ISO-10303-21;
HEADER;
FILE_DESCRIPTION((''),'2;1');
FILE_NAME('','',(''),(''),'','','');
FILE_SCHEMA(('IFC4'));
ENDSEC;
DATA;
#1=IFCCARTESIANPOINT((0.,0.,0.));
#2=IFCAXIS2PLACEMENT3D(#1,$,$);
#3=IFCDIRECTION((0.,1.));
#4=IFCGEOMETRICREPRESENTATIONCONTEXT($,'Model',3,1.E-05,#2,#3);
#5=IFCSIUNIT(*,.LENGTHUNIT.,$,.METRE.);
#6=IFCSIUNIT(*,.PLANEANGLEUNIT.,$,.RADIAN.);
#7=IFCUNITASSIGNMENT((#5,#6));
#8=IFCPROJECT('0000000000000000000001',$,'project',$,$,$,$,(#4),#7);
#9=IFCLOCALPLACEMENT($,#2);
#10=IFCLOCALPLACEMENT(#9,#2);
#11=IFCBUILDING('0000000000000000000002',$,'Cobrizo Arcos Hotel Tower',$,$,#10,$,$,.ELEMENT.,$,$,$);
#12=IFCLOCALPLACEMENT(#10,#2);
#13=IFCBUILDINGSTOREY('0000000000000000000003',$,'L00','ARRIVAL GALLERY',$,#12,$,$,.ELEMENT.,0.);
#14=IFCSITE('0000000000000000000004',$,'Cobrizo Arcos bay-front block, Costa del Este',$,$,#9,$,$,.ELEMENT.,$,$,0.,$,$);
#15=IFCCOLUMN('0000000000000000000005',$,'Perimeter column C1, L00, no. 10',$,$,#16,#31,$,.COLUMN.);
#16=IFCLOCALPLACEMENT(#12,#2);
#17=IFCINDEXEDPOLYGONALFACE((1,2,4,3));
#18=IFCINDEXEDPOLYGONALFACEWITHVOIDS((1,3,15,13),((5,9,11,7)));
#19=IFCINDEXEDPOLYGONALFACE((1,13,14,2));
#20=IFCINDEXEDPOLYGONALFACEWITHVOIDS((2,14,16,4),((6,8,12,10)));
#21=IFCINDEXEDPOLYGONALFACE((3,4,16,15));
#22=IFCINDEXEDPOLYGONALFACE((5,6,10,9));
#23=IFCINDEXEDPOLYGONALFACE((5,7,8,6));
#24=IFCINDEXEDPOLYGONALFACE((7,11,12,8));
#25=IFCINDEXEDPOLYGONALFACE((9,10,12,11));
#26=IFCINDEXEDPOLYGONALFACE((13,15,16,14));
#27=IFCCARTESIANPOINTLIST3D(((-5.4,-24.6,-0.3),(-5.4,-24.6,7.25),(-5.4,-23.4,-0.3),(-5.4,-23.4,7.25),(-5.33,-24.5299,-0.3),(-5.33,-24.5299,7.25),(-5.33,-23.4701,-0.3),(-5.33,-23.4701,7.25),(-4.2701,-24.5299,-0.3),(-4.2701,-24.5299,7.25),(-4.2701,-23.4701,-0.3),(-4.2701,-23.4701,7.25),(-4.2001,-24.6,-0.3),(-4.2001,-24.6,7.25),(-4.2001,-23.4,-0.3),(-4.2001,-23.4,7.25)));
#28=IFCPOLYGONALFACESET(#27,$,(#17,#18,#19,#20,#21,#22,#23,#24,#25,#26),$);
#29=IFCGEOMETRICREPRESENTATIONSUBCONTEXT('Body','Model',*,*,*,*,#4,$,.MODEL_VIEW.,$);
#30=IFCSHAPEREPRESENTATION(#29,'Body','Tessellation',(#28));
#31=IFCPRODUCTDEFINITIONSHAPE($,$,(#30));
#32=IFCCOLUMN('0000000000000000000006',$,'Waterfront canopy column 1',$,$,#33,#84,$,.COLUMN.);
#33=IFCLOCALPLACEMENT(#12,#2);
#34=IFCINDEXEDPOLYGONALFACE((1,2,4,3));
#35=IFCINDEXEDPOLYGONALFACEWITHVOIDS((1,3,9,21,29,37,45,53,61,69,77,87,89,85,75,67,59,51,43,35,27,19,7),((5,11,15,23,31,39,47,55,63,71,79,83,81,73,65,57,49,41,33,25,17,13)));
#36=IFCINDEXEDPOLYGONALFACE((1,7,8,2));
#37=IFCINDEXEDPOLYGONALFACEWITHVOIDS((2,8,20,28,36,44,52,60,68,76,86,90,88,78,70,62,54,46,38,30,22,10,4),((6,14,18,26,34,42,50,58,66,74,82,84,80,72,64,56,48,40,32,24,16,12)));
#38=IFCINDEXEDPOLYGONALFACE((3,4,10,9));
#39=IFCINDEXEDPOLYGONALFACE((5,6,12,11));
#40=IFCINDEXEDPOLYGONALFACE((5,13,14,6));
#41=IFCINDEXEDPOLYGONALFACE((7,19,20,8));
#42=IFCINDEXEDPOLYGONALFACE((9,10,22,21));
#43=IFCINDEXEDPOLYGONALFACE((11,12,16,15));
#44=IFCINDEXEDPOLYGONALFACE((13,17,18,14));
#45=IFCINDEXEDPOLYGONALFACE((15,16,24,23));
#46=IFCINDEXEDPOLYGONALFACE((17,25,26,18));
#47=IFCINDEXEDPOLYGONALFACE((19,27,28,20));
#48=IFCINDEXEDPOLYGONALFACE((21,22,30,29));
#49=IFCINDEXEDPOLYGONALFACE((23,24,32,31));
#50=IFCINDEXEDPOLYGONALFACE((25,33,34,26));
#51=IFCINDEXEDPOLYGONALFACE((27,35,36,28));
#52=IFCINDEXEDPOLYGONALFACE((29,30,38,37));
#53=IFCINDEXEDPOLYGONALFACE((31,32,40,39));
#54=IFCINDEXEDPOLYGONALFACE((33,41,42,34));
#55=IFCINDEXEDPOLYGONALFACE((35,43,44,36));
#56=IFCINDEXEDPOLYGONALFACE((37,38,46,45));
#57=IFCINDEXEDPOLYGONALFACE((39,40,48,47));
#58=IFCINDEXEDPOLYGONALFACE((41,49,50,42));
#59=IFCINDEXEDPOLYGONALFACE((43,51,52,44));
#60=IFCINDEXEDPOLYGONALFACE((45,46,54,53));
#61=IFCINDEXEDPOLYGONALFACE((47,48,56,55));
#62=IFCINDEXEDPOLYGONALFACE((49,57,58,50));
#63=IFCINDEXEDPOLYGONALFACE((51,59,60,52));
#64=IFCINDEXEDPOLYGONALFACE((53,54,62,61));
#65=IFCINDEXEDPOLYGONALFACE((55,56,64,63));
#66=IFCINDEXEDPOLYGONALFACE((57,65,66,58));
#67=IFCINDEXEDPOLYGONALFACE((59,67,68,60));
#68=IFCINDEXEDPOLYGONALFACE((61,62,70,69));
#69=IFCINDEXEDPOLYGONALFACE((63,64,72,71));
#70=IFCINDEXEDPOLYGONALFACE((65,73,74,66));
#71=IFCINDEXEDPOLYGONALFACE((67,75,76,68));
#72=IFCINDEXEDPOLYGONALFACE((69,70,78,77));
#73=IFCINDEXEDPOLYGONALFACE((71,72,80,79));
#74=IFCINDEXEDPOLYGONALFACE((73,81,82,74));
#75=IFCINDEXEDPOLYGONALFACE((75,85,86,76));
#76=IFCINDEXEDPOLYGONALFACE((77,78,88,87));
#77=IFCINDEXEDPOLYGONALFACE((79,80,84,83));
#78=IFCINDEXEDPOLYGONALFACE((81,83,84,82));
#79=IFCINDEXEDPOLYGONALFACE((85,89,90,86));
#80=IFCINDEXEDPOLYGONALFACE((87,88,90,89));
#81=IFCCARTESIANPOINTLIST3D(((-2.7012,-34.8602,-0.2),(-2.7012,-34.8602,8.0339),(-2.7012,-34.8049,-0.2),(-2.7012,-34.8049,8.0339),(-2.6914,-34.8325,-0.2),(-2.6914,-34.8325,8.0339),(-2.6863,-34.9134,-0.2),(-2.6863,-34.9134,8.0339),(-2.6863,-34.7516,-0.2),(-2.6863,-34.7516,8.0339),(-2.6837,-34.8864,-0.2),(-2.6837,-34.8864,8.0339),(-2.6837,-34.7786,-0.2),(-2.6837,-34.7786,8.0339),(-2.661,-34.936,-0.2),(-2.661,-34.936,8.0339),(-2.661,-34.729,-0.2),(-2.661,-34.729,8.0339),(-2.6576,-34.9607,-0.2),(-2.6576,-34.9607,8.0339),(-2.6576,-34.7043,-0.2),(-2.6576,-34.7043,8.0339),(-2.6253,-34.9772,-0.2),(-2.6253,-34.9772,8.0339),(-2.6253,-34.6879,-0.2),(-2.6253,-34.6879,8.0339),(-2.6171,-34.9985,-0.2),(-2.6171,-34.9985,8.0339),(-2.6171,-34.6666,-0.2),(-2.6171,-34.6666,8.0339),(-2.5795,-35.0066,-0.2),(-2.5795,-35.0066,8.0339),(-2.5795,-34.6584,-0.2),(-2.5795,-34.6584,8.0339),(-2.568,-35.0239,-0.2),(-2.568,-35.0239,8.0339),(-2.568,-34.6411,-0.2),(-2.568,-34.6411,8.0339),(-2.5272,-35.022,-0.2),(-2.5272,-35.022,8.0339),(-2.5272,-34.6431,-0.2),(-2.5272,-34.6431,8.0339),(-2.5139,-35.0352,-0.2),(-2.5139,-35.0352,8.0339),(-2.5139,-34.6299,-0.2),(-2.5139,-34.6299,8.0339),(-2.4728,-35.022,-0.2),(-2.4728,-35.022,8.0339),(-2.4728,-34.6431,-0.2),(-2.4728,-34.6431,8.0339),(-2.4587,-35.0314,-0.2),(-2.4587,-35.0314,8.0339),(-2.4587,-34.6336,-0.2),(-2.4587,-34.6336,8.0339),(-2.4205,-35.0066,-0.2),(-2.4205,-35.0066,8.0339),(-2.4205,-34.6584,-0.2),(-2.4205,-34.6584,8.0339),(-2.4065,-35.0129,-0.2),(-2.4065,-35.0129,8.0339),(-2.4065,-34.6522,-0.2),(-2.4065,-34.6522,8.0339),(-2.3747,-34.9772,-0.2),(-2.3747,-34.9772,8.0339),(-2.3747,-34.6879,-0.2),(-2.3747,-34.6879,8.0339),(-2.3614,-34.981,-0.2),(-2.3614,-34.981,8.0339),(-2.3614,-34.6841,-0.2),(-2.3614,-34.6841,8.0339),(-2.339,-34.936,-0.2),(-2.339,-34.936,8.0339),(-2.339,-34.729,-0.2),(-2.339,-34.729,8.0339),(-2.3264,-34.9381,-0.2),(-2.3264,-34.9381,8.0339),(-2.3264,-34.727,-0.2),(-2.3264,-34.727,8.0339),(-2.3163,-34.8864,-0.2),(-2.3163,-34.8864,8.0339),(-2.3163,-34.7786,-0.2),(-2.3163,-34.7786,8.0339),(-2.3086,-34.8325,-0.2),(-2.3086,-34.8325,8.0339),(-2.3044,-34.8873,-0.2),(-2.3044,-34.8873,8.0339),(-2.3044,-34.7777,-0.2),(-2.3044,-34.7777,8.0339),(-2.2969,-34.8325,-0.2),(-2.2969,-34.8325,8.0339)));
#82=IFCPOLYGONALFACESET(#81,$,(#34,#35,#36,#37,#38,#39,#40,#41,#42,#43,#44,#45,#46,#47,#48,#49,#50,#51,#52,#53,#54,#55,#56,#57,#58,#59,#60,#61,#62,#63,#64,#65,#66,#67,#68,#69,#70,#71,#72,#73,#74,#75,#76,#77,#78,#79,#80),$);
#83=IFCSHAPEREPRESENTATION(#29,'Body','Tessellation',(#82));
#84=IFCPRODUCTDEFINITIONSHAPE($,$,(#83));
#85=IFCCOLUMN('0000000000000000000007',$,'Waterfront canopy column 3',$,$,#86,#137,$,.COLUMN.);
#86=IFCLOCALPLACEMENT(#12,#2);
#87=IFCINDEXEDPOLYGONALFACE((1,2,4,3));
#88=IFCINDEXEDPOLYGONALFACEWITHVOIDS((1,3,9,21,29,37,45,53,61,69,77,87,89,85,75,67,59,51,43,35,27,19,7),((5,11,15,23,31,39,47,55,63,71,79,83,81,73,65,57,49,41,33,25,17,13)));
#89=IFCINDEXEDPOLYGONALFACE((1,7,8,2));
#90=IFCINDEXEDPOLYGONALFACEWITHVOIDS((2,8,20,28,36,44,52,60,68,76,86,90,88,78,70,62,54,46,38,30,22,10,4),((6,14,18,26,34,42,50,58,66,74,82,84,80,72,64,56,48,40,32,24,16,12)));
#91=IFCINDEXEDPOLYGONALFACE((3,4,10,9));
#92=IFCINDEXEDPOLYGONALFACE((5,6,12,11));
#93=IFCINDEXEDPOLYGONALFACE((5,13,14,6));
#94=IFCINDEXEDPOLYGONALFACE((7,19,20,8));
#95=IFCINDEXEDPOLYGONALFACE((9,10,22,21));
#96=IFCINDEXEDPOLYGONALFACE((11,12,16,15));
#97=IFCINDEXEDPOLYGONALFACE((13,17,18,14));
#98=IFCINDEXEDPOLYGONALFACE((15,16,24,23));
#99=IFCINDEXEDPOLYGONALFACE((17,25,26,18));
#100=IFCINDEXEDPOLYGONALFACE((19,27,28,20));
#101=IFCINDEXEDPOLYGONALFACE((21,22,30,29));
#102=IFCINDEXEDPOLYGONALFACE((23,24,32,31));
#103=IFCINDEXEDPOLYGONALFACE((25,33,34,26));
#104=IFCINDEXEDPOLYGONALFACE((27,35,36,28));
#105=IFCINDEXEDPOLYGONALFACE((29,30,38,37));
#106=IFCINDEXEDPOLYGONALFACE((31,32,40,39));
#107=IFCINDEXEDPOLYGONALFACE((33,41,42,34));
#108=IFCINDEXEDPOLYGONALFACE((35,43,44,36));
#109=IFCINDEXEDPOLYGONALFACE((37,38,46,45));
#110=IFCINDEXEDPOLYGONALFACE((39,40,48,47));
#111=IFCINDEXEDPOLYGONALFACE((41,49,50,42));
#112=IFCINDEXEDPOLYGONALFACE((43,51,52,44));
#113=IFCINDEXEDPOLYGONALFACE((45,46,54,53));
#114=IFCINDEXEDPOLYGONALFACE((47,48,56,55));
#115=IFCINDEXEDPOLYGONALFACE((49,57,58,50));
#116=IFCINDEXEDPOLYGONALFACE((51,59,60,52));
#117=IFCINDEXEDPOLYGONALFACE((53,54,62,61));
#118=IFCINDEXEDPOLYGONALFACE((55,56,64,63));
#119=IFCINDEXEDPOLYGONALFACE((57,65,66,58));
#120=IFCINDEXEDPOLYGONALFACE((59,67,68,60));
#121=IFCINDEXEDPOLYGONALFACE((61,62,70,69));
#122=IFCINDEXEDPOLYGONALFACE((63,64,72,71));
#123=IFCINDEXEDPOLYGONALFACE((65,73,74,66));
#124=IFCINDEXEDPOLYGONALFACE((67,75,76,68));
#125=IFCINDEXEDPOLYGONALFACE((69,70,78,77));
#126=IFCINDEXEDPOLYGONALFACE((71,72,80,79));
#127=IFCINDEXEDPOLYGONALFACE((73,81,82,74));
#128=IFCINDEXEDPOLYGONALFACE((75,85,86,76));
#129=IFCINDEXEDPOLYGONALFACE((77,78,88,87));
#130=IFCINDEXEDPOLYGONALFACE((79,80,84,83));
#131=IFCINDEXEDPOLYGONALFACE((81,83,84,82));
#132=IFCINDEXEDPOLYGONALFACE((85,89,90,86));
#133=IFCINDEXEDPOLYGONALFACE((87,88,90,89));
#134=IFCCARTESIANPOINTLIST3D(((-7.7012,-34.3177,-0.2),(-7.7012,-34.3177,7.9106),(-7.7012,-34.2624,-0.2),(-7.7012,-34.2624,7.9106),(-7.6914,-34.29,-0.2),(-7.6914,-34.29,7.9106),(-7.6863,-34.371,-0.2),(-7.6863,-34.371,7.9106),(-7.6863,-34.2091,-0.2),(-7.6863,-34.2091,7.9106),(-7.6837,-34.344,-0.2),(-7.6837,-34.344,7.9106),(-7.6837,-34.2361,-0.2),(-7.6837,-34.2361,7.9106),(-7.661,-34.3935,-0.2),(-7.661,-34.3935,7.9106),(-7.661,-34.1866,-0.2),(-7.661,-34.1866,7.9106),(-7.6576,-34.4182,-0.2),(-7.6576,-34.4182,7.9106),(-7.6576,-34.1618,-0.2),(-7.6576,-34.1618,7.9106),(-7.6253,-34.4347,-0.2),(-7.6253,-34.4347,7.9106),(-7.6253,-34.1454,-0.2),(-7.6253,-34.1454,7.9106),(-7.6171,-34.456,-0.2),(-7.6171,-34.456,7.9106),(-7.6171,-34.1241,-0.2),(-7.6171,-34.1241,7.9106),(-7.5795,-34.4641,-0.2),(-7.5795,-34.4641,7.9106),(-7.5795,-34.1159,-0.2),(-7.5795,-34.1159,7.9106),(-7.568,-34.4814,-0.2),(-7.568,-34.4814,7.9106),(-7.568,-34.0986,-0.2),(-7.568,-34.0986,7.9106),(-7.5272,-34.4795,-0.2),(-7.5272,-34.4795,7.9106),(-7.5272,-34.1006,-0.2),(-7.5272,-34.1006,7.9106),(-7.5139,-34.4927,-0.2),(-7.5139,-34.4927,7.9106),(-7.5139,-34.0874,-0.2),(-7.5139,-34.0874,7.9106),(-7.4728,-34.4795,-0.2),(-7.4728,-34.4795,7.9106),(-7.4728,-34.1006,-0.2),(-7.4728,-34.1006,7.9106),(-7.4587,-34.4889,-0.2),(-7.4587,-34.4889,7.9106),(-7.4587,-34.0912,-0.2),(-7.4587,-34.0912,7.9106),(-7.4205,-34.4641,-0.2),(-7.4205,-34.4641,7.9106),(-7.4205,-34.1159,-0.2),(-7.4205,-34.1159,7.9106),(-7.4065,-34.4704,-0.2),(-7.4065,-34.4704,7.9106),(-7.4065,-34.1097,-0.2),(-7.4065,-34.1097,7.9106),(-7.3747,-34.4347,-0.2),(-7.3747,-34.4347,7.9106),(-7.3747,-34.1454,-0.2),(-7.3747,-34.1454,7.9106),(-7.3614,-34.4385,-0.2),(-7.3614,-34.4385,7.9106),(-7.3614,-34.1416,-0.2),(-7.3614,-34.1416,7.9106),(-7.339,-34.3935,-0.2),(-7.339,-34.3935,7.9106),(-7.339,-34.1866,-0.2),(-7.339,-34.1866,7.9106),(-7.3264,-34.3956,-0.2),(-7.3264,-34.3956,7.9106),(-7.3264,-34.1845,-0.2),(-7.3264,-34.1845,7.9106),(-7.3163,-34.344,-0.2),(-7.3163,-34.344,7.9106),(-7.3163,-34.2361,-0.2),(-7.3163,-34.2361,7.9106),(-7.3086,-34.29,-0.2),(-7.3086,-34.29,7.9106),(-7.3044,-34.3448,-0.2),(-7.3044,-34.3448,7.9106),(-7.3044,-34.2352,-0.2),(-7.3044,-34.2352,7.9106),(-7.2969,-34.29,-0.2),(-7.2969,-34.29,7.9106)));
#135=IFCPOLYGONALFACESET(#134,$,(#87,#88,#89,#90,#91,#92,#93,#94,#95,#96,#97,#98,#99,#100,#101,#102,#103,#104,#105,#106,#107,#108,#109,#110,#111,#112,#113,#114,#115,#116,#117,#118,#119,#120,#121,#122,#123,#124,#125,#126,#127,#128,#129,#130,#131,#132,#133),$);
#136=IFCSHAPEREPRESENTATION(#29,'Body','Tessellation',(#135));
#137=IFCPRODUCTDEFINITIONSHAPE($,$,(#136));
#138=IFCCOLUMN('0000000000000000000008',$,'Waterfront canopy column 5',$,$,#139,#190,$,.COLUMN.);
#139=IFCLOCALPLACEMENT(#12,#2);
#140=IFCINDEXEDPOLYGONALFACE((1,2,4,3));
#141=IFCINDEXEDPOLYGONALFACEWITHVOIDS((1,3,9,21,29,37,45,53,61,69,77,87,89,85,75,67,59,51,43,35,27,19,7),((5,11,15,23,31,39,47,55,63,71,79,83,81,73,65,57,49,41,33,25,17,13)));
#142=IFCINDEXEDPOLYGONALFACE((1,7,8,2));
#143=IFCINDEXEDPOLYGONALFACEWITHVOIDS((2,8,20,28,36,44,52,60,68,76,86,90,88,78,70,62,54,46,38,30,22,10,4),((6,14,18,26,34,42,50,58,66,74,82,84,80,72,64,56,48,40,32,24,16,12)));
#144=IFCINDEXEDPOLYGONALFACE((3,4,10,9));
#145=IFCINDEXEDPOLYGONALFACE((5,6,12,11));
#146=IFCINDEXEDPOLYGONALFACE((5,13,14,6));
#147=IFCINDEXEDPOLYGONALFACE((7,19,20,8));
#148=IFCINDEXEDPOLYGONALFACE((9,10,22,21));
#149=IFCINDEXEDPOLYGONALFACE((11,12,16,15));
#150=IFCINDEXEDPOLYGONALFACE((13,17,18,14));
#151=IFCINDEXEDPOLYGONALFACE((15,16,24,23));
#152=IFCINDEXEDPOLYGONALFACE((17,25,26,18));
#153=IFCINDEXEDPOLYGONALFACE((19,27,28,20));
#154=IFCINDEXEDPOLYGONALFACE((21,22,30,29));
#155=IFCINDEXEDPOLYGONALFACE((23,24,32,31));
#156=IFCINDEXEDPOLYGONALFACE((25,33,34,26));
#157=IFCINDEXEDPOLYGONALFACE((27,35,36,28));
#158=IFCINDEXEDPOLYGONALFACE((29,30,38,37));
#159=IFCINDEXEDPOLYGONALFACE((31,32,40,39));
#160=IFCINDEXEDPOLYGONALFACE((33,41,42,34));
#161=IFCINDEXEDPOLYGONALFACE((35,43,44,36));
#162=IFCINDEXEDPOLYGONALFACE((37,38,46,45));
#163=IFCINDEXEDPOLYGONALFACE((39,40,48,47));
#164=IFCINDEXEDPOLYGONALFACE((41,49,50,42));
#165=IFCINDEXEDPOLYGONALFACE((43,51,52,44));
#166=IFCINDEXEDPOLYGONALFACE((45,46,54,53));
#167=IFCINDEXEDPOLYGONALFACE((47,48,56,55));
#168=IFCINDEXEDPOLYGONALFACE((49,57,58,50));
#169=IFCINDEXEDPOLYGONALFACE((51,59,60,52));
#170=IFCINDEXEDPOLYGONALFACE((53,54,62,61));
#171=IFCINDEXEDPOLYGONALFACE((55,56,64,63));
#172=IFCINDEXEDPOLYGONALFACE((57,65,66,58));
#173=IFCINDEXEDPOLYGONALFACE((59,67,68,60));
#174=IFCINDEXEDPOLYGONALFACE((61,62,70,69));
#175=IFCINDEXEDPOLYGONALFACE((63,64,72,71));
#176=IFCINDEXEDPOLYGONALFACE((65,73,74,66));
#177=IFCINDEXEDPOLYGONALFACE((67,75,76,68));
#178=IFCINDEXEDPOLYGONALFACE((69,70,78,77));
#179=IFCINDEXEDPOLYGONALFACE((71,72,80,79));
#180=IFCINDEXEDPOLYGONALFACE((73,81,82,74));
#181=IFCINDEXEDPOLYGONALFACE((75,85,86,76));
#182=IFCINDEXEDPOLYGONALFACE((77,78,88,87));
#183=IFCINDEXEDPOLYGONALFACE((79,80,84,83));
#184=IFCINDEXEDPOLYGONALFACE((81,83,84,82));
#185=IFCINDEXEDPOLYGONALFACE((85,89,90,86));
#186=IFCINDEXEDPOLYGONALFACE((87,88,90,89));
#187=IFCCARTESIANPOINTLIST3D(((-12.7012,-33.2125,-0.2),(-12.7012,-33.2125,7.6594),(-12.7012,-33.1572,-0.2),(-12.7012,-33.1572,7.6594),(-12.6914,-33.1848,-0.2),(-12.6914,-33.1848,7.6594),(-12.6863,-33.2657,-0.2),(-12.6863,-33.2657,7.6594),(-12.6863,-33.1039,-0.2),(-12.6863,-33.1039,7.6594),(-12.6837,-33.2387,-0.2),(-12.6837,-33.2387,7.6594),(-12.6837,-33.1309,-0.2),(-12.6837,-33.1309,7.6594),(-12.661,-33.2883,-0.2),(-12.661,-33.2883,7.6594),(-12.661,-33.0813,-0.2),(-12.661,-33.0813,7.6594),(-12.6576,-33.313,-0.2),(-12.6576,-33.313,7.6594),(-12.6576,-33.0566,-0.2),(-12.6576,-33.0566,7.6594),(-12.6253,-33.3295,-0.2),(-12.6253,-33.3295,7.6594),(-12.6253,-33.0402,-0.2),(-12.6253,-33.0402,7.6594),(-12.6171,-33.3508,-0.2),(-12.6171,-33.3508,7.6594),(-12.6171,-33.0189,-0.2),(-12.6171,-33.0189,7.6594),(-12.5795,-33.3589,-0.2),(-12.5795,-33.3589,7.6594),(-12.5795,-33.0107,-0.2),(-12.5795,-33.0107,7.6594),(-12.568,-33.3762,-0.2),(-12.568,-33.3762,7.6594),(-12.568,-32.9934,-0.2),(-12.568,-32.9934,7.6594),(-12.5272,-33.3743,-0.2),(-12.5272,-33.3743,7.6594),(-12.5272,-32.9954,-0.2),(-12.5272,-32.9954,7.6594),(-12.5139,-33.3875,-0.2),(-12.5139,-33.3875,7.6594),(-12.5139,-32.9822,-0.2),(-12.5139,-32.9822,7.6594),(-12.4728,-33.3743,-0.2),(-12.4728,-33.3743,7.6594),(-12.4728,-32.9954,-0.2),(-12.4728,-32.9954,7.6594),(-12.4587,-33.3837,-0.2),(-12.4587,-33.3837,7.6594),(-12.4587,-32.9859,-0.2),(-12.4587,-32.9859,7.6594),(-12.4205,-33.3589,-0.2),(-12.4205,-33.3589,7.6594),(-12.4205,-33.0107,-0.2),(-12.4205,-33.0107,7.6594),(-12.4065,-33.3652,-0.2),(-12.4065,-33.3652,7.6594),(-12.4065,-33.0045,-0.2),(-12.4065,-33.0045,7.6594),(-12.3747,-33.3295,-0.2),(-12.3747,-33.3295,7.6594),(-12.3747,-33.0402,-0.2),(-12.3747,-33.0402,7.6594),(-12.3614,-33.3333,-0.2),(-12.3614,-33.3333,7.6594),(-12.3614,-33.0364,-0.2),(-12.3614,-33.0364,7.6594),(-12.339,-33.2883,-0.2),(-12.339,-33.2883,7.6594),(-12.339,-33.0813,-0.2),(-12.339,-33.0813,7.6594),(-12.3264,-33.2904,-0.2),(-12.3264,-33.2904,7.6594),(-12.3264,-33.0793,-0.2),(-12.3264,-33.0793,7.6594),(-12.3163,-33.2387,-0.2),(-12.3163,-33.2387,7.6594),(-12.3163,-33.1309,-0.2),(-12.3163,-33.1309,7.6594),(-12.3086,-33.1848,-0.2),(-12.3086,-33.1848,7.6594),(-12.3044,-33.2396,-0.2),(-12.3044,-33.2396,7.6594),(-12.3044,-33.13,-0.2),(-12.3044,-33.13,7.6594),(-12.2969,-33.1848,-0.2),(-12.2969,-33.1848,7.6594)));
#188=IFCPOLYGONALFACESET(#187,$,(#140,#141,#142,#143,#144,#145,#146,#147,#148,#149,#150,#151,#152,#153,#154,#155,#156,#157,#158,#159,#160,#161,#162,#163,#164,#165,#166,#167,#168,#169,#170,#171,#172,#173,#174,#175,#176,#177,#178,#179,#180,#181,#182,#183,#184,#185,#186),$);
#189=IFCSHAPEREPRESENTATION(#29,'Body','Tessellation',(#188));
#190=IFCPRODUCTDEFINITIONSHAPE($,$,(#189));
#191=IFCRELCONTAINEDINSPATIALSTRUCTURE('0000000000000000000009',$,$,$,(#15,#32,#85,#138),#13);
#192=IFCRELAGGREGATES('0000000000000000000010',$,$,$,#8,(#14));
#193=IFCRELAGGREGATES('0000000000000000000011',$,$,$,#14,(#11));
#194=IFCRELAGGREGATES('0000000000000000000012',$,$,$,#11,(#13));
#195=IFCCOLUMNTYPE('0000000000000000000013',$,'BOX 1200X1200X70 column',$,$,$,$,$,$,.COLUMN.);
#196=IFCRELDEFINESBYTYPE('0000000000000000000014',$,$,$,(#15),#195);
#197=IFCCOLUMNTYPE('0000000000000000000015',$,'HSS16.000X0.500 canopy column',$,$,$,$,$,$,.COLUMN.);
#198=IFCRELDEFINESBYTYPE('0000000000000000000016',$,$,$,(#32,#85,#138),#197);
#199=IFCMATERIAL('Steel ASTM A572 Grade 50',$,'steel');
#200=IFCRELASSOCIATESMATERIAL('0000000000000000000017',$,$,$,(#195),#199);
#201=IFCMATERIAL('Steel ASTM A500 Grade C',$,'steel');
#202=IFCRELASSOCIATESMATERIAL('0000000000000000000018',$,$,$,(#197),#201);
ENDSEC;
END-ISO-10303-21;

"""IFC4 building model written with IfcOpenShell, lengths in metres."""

from ifc_helpers import new_model, si_unit, direction, frame, origin, origin_2d, place, context, subcontext, project, spatial, hollow_rectangle, hollow_circle, extrude, material, material_profile, profile_set, type_object, element, save


model = new_model("IFC4")

# Units and contexts
model_context = context("Model", 3, precision=1e-05, world=origin(), true_north=direction((0.0, 1.0)))
body_context = subcontext(model_context, "Body", "Model", "MODEL_VIEW")
ifc_project = project(units=[si_unit("LENGTHUNIT", "METRE"), si_unit("PLANEANGLEUNIT", "RADIAN")], contexts=[model_context])

# Site, building, storey
site_placement = place(None, origin())
site = spatial("IfcSite", under=ifc_project, at=site_placement, Name="Cobrizo Arcos bay-front block, Costa del Este", CompositionType="ELEMENT", RefElevation=0.0)
building_placement = place(site_placement, origin())
building = spatial("IfcBuilding", under=site, at=building_placement, Name="Cobrizo Arcos Hotel Tower", CompositionType="ELEMENT")
storey_placement = place(building_placement, origin())
storey = spatial("IfcBuildingStorey", under=building, at=storey_placement, Name="L00", Description="ARRIVAL GALLERY", CompositionType="ELEMENT", Elevation=0.0)

# Columns
ifc_material_1 = material(Name="Steel ASTM A572 Grade 50", Category="steel")
ifc_material_profile_1 = material_profile(ifc_material_1, hollow_rectangle(XDim=1.2, YDim=1.2, WallThickness=0.0701, at=origin_2d()), Name="BOX 1200X1200X70")
ifc_profile_set_1 = profile_set([ifc_material_profile_1], Name="Steel ASTM A572 Grade 50")
column_type_1 = type_object("IfcColumnType", Name="BOX 1200X1200X70 column", PredefinedType="COLUMN", material=ifc_profile_set_1)
column_1_placement = place(storey_placement, frame((-4.8, -24.0, -0.3), z_axis=(0.0, 0.0, 1.0), x_axis=(1.0, 0.0, 0.0)))
element("IfcColumn", 1, at=column_1_placement, inside=storey, type_object=column_type_1, Name="Perimeter column C1, L00, no. 10", PredefinedType="COLUMN", context=body_context, shape_type="SweptSolid", body=[
    extrude(hollow_rectangle(XDim=1.2, YDim=1.2, WallThickness=0.0701, at=origin_2d()), origin(), (0.0, 0.0, 1.0), 7.55),
])
ifc_material_2 = material(Name="Steel ASTM A500 Grade C", Category="steel")
ifc_material_profile_2 = material_profile(ifc_material_2, hollow_circle(Radius=0.2031, WallThickness=0.0117, at=origin_2d()), Name="HSS16.000X0.500")
ifc_profile_set_2 = profile_set([ifc_material_profile_2], Name="Steel ASTM A500 Grade C")
column_type_2 = type_object("IfcColumnType", Name="HSS16.000X0.500 canopy column", PredefinedType="COLUMN", material=ifc_profile_set_2)
column_2_placement = place(storey_placement, frame((-2.5, -34.8325, -0.2), z_axis=(0.0, 0.0, 1.0), x_axis=(1.0, 0.0, 0.0)))
element("IfcColumn", 2, at=column_2_placement, inside=storey, type_object=column_type_2, Name="Waterfront canopy column 1", PredefinedType="COLUMN", context=body_context, shape_type="SweptSolid", body=[
    extrude(hollow_circle(Radius=0.2031, WallThickness=0.0117, at=origin_2d()), origin(), (0.0, 0.0, 1.0), 8.2339),
])
column_3_placement = place(storey_placement, frame((-7.5, -34.29, -0.2), z_axis=(0.0, 0.0, 1.0), x_axis=(1.0, 0.0, 0.0)))
element("IfcColumn", 3, at=column_3_placement, inside=storey, type_object=column_type_2, Name="Waterfront canopy column 3", PredefinedType="COLUMN", context=body_context, shape_type="SweptSolid", body=[
    extrude(hollow_circle(Radius=0.2031, WallThickness=0.0117, at=origin_2d()), origin(), (0.0, 0.0, 1.0), 8.1106),
])
column_4_placement = place(storey_placement, frame((-12.5, -33.1848, -0.2), z_axis=(0.0, 0.0, 1.0), x_axis=(1.0, 0.0, 0.0)))
element("IfcColumn", 4, at=column_4_placement, inside=storey, type_object=column_type_2, Name="Waterfront canopy column 5", PredefinedType="COLUMN", context=body_context, shape_type="SweptSolid", body=[
    extrude(hollow_circle(Radius=0.2031, WallThickness=0.0117, at=origin_2d()), origin(), (0.0, 0.0, 1.0), 7.8594),
])

save(model, "model.ifc")
